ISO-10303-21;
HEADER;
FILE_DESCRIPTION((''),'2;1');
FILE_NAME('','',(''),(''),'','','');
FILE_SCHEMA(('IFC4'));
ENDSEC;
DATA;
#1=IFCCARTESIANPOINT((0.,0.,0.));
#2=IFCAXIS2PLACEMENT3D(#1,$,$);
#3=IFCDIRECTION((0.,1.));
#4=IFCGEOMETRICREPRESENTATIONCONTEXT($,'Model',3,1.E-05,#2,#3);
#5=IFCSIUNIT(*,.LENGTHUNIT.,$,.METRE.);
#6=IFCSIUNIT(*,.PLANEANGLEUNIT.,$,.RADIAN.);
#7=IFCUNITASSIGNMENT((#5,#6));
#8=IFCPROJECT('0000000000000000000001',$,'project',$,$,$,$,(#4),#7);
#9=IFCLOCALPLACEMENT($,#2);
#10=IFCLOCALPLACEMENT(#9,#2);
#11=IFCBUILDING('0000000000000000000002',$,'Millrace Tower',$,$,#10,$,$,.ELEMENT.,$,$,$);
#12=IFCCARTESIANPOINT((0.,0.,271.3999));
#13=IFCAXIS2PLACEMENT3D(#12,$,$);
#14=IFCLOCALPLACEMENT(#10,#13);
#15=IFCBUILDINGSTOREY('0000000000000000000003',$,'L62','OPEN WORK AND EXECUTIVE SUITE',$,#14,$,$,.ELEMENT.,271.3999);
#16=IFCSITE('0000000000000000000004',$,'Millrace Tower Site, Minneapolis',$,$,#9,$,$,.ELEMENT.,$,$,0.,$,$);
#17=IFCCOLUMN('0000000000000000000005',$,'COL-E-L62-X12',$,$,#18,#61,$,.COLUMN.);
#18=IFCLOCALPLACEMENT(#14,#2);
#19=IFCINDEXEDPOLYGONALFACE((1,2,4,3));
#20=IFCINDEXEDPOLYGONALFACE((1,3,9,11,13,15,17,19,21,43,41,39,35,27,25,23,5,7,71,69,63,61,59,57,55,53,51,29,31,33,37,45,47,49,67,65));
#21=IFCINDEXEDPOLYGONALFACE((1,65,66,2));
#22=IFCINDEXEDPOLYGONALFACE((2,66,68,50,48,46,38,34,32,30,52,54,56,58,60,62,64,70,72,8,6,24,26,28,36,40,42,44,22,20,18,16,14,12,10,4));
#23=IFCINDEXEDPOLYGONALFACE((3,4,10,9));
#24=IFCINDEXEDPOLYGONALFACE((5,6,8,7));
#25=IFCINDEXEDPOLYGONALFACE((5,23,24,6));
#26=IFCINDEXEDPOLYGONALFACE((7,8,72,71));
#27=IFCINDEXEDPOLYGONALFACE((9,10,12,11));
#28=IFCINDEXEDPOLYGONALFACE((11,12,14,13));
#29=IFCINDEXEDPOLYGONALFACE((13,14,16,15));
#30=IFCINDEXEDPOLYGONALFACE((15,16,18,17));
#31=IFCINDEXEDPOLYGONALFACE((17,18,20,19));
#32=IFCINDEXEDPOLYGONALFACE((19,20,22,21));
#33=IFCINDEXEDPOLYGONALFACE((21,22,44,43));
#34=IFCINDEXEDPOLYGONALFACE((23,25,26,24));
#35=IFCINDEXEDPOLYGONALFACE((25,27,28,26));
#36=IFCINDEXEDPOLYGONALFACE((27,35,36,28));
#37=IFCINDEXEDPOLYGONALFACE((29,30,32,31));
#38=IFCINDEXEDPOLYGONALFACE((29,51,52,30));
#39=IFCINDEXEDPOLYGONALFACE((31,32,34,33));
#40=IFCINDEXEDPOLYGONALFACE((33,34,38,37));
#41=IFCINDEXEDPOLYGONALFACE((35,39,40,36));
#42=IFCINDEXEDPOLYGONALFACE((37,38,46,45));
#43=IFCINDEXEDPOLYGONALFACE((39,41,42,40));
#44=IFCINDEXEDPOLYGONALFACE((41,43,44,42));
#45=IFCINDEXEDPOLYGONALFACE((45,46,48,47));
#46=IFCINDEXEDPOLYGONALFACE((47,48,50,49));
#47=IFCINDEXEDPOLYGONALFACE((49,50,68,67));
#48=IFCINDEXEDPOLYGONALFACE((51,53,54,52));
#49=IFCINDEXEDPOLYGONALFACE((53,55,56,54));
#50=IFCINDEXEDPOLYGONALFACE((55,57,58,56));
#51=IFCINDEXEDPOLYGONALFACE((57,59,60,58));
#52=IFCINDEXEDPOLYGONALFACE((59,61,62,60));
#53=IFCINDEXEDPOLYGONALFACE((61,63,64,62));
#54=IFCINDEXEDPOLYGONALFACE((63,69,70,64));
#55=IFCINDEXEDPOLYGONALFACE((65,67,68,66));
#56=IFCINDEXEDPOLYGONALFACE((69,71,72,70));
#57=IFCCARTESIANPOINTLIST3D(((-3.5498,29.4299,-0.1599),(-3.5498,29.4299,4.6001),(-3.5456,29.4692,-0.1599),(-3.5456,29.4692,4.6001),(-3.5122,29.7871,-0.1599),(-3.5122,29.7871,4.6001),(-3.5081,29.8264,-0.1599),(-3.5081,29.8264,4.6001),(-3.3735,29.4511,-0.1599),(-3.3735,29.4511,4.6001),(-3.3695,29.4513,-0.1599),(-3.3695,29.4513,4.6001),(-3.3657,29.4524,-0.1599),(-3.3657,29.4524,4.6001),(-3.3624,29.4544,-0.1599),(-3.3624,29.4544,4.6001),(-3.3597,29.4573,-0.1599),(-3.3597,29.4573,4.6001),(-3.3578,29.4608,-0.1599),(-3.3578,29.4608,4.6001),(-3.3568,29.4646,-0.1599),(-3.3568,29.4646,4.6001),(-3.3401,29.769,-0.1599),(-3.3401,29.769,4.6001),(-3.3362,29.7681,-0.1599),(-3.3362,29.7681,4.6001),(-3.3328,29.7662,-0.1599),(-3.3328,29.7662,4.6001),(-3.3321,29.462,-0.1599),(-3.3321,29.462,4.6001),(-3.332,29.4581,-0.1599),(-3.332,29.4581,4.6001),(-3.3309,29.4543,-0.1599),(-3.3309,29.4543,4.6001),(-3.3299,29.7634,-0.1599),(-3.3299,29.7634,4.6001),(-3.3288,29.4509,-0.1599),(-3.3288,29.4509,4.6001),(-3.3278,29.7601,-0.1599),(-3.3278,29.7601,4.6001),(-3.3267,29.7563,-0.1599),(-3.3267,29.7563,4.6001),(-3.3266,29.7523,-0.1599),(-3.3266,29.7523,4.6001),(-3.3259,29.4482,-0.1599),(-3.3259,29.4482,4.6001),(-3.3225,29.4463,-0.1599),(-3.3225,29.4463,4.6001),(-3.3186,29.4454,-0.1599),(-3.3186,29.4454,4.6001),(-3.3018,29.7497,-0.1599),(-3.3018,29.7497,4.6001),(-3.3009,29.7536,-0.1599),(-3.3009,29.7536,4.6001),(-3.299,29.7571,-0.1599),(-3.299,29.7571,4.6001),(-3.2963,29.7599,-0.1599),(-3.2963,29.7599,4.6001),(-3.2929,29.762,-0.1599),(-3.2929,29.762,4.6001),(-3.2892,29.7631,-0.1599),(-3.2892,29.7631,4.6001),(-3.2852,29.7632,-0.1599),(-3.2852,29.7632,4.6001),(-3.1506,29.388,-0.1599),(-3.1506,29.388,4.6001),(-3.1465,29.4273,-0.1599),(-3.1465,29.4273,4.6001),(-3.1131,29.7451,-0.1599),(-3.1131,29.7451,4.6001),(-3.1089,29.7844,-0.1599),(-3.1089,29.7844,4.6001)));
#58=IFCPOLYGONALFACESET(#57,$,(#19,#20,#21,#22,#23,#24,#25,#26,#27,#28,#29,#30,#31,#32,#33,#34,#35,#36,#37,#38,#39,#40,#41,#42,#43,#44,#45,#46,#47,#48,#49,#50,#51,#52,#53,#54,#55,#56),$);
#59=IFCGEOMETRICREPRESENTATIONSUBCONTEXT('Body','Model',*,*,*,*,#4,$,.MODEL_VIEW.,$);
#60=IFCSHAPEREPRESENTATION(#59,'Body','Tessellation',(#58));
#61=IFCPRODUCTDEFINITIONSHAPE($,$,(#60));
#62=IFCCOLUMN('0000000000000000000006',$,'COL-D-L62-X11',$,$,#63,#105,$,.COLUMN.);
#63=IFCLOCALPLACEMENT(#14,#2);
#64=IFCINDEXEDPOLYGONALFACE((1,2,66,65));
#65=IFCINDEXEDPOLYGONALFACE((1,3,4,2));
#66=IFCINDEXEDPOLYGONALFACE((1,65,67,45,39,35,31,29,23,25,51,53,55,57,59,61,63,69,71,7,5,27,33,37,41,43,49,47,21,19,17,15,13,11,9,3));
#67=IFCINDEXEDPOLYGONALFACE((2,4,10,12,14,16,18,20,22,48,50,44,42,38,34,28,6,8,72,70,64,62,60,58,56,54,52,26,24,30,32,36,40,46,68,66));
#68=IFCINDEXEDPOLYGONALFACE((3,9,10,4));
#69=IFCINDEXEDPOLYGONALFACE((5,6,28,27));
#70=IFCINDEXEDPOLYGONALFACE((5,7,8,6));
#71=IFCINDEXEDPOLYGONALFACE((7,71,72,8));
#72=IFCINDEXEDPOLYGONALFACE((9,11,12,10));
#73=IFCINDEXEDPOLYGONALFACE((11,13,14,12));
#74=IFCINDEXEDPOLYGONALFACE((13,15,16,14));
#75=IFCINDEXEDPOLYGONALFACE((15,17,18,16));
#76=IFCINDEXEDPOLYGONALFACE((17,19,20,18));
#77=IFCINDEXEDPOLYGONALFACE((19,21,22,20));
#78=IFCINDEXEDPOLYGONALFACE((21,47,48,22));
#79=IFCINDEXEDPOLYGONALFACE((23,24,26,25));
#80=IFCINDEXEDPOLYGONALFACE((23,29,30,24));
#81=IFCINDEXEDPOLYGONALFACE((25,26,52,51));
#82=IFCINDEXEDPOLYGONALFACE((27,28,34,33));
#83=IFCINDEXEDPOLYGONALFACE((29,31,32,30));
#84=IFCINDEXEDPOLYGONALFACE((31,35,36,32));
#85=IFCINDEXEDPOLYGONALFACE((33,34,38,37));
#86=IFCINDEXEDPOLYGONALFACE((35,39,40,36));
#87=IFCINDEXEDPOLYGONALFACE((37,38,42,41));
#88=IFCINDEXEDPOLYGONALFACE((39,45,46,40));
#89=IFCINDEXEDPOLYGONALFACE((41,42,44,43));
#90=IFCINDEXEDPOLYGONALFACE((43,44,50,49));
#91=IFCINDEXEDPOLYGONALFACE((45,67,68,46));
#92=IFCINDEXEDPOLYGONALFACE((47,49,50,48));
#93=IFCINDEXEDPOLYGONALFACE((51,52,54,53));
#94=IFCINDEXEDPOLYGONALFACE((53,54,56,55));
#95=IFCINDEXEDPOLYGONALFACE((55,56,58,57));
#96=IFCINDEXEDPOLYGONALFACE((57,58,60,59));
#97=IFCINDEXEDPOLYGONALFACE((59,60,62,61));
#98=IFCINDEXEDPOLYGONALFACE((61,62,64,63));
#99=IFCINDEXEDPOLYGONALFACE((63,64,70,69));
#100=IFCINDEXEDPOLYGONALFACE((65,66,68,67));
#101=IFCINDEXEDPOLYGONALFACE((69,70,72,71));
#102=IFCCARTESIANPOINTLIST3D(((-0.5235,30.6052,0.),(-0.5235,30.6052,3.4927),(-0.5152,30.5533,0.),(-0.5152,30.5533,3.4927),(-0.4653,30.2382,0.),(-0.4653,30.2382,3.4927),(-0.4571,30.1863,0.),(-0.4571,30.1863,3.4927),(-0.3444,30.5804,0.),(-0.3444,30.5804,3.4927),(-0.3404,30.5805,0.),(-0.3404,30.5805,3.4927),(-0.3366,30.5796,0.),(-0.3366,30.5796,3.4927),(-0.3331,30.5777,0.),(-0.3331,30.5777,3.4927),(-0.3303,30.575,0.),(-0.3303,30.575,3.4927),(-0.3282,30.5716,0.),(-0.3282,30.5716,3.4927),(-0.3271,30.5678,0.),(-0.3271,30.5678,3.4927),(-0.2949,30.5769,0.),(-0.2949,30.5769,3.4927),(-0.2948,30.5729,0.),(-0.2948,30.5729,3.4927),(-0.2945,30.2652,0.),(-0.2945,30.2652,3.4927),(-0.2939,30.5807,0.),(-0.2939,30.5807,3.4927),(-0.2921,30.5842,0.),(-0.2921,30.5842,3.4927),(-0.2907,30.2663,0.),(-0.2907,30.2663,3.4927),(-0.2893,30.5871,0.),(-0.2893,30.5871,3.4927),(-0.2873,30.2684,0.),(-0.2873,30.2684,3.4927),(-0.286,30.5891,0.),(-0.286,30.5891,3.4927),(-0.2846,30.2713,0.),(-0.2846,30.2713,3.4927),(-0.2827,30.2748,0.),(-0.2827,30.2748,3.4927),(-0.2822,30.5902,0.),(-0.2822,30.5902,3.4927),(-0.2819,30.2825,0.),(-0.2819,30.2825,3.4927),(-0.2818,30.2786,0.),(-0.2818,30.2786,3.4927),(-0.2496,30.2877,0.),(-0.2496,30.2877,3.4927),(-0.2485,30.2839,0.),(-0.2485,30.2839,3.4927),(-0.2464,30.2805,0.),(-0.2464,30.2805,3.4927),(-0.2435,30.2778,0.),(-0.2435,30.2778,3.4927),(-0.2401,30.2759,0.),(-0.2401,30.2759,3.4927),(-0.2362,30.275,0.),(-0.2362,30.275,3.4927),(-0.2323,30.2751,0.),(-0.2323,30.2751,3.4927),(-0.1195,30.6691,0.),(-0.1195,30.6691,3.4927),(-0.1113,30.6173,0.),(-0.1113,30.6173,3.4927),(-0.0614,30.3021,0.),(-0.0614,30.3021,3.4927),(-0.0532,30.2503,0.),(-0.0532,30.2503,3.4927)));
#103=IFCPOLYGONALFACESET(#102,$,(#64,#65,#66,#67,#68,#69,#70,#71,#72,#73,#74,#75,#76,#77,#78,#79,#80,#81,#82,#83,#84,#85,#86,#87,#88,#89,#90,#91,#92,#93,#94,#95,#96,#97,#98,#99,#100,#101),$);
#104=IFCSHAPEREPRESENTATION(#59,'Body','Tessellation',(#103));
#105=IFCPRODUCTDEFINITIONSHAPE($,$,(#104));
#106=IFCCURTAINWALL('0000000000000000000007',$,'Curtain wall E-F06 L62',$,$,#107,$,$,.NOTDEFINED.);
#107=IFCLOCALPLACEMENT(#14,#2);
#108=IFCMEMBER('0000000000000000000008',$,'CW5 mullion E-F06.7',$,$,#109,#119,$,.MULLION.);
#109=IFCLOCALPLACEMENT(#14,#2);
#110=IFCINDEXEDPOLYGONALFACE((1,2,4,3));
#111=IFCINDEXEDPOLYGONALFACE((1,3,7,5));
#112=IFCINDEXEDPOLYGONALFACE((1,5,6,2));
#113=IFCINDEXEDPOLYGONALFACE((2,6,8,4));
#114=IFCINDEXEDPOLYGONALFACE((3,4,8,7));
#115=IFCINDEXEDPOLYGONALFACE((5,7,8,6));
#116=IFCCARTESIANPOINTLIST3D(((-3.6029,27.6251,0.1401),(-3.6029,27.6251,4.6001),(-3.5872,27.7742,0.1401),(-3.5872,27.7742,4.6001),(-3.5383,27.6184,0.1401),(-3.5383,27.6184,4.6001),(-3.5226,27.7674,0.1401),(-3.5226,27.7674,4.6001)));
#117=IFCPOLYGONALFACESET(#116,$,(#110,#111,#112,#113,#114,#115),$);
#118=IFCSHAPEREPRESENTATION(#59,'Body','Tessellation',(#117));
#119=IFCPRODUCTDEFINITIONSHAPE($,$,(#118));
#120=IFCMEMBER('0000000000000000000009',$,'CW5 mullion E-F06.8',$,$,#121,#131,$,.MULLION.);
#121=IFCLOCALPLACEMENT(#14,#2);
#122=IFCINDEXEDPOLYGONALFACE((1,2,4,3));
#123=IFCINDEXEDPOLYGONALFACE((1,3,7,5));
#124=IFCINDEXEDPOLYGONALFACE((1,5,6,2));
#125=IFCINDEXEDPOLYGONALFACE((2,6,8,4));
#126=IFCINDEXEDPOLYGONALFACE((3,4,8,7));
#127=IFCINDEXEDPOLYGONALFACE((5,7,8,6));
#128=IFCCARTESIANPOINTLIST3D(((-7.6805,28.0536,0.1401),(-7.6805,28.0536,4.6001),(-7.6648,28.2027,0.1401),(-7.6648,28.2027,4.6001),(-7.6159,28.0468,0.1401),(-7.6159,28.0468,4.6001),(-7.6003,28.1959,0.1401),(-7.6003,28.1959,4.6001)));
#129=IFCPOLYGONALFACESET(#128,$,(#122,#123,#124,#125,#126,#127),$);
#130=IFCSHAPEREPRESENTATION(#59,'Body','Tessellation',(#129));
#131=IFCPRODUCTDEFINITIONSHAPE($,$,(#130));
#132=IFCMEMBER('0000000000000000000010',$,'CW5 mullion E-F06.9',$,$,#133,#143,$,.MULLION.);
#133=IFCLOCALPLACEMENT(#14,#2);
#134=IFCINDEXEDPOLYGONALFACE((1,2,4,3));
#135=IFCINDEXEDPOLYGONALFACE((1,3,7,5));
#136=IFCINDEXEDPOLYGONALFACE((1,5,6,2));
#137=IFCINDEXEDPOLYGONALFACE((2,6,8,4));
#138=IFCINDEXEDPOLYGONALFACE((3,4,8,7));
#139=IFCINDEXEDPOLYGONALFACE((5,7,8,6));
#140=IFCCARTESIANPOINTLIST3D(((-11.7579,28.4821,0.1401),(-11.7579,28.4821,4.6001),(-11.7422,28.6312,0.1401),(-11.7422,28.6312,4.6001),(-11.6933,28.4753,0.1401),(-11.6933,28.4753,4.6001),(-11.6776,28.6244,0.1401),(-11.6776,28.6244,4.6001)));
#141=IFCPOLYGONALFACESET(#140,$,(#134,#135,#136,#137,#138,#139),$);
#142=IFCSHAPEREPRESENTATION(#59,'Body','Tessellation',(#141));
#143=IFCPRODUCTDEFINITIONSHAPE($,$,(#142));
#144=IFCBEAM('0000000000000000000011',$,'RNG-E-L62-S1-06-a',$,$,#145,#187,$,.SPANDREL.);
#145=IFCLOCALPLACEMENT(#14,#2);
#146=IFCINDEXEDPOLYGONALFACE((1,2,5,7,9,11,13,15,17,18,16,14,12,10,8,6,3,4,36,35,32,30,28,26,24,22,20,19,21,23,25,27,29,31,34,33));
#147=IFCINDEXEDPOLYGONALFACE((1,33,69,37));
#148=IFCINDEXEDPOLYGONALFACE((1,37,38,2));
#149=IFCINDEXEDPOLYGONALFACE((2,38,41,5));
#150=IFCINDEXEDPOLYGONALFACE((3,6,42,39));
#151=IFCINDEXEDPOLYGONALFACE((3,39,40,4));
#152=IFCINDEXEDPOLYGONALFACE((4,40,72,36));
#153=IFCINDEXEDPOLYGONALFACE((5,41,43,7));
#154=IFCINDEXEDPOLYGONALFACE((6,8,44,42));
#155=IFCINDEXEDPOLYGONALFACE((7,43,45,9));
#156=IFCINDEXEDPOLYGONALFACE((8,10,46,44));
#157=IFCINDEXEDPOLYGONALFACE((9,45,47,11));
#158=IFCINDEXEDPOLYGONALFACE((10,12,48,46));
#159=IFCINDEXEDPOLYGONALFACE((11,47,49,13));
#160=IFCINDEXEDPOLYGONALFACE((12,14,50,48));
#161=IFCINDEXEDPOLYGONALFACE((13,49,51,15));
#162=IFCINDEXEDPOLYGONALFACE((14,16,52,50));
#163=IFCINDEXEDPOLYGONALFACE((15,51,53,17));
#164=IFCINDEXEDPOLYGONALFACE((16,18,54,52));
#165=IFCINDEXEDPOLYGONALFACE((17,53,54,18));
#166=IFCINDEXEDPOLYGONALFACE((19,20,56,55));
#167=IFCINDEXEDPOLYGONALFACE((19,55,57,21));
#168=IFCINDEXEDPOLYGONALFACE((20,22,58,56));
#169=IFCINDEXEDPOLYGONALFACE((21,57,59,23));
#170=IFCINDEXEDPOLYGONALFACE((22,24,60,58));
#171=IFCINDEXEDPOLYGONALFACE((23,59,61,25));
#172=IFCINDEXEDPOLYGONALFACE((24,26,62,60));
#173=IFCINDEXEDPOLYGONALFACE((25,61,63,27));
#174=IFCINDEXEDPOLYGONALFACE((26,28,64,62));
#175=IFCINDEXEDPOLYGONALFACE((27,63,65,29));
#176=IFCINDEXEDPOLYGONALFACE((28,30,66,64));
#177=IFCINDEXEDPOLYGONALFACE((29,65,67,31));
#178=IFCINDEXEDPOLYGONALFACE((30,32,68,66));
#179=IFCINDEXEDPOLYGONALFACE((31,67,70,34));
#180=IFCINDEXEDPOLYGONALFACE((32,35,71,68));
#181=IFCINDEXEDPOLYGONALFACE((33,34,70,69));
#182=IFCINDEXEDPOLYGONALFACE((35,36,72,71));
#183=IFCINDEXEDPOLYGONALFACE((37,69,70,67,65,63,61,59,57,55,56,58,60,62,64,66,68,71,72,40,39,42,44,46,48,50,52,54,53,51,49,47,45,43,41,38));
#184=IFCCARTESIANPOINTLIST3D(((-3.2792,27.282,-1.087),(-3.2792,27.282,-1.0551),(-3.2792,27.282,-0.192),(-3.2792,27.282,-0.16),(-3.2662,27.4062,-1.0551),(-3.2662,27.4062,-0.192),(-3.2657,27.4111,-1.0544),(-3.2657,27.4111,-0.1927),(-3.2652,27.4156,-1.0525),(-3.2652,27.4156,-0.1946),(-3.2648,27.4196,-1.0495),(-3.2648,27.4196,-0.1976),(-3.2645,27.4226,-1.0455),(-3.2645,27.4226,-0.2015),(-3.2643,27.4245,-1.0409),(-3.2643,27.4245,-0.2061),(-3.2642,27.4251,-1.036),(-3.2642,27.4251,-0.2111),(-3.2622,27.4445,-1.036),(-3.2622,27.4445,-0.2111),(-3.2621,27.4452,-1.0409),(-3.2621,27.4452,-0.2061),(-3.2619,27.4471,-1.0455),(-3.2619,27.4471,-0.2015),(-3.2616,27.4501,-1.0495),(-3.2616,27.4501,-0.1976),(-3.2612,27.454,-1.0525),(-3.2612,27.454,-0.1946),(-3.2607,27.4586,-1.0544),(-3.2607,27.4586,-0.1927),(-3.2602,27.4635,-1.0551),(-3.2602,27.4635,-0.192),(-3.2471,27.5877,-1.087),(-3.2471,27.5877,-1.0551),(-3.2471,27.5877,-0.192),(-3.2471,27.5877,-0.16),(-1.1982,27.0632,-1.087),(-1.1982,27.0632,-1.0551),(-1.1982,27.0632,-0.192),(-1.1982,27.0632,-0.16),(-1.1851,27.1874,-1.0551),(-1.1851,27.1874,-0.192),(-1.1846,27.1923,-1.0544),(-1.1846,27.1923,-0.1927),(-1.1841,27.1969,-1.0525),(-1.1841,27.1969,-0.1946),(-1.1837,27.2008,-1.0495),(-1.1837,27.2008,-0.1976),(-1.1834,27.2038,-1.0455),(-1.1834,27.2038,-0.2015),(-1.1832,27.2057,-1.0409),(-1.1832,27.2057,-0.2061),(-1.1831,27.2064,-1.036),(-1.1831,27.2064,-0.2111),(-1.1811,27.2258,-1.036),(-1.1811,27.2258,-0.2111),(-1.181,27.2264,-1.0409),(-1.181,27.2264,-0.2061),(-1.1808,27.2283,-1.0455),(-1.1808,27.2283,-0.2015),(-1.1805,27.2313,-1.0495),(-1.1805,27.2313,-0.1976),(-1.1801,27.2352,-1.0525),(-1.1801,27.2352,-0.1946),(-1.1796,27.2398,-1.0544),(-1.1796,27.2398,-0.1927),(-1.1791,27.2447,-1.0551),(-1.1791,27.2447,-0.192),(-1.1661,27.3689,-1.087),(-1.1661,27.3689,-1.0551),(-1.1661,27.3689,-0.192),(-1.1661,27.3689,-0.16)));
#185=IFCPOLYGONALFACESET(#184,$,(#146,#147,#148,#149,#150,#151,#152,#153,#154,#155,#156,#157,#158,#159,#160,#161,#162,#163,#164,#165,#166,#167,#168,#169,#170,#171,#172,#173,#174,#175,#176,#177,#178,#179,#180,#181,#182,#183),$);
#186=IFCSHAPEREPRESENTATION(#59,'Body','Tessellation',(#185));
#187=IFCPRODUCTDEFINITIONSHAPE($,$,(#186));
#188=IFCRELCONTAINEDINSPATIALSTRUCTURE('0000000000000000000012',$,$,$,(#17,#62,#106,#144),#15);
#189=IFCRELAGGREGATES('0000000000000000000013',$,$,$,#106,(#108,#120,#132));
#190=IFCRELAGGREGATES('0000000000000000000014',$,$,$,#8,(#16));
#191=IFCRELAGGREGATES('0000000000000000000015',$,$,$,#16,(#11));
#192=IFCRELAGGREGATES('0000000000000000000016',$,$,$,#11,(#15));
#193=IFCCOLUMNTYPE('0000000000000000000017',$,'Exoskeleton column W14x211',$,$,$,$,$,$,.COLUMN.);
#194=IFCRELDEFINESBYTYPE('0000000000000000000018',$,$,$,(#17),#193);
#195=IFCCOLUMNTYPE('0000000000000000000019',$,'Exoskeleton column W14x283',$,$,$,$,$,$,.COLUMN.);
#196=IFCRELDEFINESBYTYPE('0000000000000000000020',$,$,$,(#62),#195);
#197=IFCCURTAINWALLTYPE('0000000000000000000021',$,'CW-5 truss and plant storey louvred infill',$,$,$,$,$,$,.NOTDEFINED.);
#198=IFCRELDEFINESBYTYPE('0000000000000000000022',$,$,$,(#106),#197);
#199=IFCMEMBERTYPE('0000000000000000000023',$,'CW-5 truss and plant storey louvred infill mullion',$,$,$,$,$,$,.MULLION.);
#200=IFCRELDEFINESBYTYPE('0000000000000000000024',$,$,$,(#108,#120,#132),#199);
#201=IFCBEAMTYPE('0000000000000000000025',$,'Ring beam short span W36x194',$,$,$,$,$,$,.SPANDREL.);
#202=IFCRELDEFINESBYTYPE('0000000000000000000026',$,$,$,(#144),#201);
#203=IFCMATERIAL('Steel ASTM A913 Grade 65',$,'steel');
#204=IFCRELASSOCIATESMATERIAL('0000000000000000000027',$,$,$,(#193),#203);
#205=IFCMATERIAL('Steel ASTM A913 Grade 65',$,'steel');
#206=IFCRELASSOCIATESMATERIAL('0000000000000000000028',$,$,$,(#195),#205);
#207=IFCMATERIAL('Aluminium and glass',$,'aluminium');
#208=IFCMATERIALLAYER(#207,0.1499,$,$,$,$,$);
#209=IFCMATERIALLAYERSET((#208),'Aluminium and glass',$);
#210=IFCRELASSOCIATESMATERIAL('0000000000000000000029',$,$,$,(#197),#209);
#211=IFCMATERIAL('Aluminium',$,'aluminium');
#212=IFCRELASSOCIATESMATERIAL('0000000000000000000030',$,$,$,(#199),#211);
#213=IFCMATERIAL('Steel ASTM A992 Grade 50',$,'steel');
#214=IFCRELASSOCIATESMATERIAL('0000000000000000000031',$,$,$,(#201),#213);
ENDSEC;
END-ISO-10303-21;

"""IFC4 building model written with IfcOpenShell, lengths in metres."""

from ifc_helpers import new_model, si_unit, direction, frame, origin, origin_2d, place, context, subcontext, project, spatial, rectangle, i_section, extrude, material, layer, layer_set, material_profile, profile_set, type_object, element, aggregate, save


model = new_model("IFC4")

# Units and contexts
model_context = context("Model", 3, precision=1e-05, world=origin(), true_north=direction((0.0, 1.0)))
body_context = subcontext(model_context, "Body", "Model", "MODEL_VIEW")
ifc_project = project(units=[si_unit("LENGTHUNIT", "METRE"), si_unit("PLANEANGLEUNIT", "RADIAN")], contexts=[model_context])

# Site, building, storey
site_placement = place(None, origin())
site = spatial("IfcSite", under=ifc_project, at=site_placement, Name="Millrace Tower Site, Minneapolis", CompositionType="ELEMENT", RefElevation=0.0)
building_placement = place(site_placement, origin())
building = spatial("IfcBuilding", under=site, at=building_placement, Name="Millrace Tower", CompositionType="ELEMENT")
storey_placement = place(building_placement, frame((0.0, 0.0, 271.3999)))
storey = spatial("IfcBuildingStorey", under=building, at=storey_placement, Name="L62", Description="OPEN WORK AND EXECUTIVE SUITE", CompositionType="ELEMENT", Elevation=271.3999)

# Columns
ifc_material_1 = material(Name="Steel ASTM A913 Grade 65", Category="steel")
ifc_material_profile_1 = material_profile(ifc_material_1, i_section(OverallWidth=0.4014, OverallDepth=0.3987, WebThickness=0.0249, FlangeThickness=0.0396, FilletRadius=0.0151, at=origin_2d()))
ifc_profile_set_1 = profile_set([ifc_material_profile_1], Name="Steel ASTM A913 Grade 65")
column_type_1 = type_object("IfcColumnType", Name="Exoskeleton column W14x211", PredefinedType="COLUMN", material=ifc_profile_set_1)
column_1_placement = place(storey_placement, frame((-3.3293, 29.6072, -0.1599), z_axis=(0.0, 0.0, 1.0), x_axis=(-0.994522, 0.104528, 0.0)))
element("IfcColumn", 1, at=column_1_placement, inside=storey, type_object=column_type_1, Name="COL-E-L62-X12", PredefinedType="COLUMN", context=body_context, shape_type="SweptSolid", body=[
    extrude(i_section(OverallWidth=0.4014, OverallDepth=0.3987, WebThickness=0.0249, FlangeThickness=0.0396, FilletRadius=0.0151, at=origin_2d()), origin(), (0.0, 0.0, 1.0), 4.76),
])
ifc_material_2 = material(Name="Steel ASTM A913 Grade 65", Category="steel")
ifc_material_profile_2 = material_profile(ifc_material_2, i_section(OverallWidth=0.4089, OverallDepth=0.4241, WebThickness=0.0327, FlangeThickness=0.0525, FilletRadius=0.0151, at=origin_2d()))
ifc_profile_set_2 = profile_set([ifc_material_profile_2], Name="Steel ASTM A913 Grade 65")
column_type_2 = type_object("IfcColumnType", Name="Exoskeleton column W14x283", PredefinedType="COLUMN", material=ifc_profile_set_2)
column_2_placement = place(storey_placement, frame((-0.2883, 30.4277, 0.0), z_axis=(0.0, 0.0, 1.0), x_axis=(-0.987688, -0.156434, 0.0)))
element("IfcColumn", 2, at=column_2_placement, inside=storey, type_object=column_type_2, Name="COL-D-L62-X11", PredefinedType="COLUMN", context=body_context, shape_type="SweptSolid", body=[
    extrude(i_section(OverallWidth=0.4089, OverallDepth=0.4241, WebThickness=0.0327, FlangeThickness=0.0525, FilletRadius=0.0151, at=origin_2d()), origin(), (0.0, 0.0, 1.0), 3.4927),
])

# Curtain wall, members
ifc_material_3 = material(Name="Aluminium and glass", Category="aluminium")
ifc_layer_1 = layer(ifc_material_3, 0.1499)
ifc_layer_set_1 = layer_set([ifc_layer_1], Name="Aluminium and glass")
curtain_wall_type = type_object("IfcCurtainWallType", Name="CW-5 truss and plant storey louvred infill", PredefinedType="NOTDEFINED", material=ifc_layer_set_1)
curtain_wall_placement = place(storey_placement, origin())
curtain_wall = element("IfcCurtainWall", 3, at=curtain_wall_placement, inside=storey, type_object=curtain_wall_type, Name="Curtain wall E-F06 L62", PredefinedType="NOTDEFINED")
ifc_material_4 = material(Name="Aluminium", Category="aluminium")
ifc_material_profile_3 = material_profile(ifc_material_4, rectangle(XDim=0.0649, YDim=0.1499, at=origin_2d()))
ifc_profile_set_3 = profile_set([ifc_material_profile_3], Name="Aluminium")
member_type_1 = type_object("IfcMemberType", Name="CW-5 truss and plant storey louvred infill mullion", PredefinedType="MULLION", material=ifc_profile_set_3)
member_1_placement = place(storey_placement, frame((-3.5627, 27.6963, 0.1401), z_axis=(0.0, 0.0, 1.0), x_axis=(-0.994522, 0.104528, 0.0)))
member_1 = element("IfcMember", 4, at=member_1_placement, type_object=member_type_1, Name="CW5 mullion E-F06.7", PredefinedType="MULLION", context=body_context, shape_type="SweptSolid", body=[
    extrude(rectangle(XDim=0.0649, YDim=0.1499, at=origin_2d()), origin(), (0.0, 0.0, 1.0), 4.46),
])
member_2_placement = place(storey_placement, frame((-7.6404, 28.1248, 0.1401), z_axis=(0.0, 0.0, 1.0), x_axis=(-0.994522, 0.104528, 0.0)))
member_2 = element("IfcMember", 5, at=member_2_placement, type_object=member_type_1, Name="CW5 mullion E-F06.8", PredefinedType="MULLION", context=body_context, shape_type="SweptSolid", body=[
    extrude(rectangle(XDim=0.0649, YDim=0.1499, at=origin_2d()), origin(), (0.0, 0.0, 1.0), 4.46),
])
member_3_placement = place(storey_placement, frame((-11.7178, 28.5532, 0.1401), z_axis=(0.0, 0.0, 1.0), x_axis=(-0.994522, 0.104528, 0.0)))
member_3 = element("IfcMember", 6, at=member_3_placement, type_object=member_type_1, Name="CW5 mullion E-F06.9", PredefinedType="MULLION", context=body_context, shape_type="SweptSolid", body=[
    extrude(rectangle(XDim=0.0649, YDim=0.1499, at=origin_2d()), origin(), (0.0, 0.0, 1.0), 4.46),
])
aggregate(curtain_wall, [member_1, member_2, member_3])

# Beam
ifc_material_5 = material(Name="Steel ASTM A992 Grade 50", Category="steel")
ifc_material_profile_4 = material_profile(ifc_material_5, i_section(OverallWidth=0.3074, OverallDepth=0.927, WebThickness=0.0195, FlangeThickness=0.032, FilletRadius=0.019, at=origin_2d()))
ifc_profile_set_4 = profile_set([ifc_material_profile_4], Name="Steel ASTM A992 Grade 50")
beam_type_1 = type_object("IfcBeamType", Name="Ring beam short span W36x194", PredefinedType="SPANDREL", material=ifc_profile_set_4)
beam_1_placement = place(storey_placement, frame((-3.2632, 27.4348, -0.6235), z_axis=(0.994521, -0.104539, 0.0), x_axis=(0.104539, 0.994521, 0.0)))
element("IfcBeam", 7, at=beam_1_placement, inside=storey, type_object=beam_type_1, Name="RNG-E-L62-S1-06-a", PredefinedType="SPANDREL", context=body_context, shape_type="SweptSolid", body=[
    extrude(i_section(OverallWidth=0.3074, OverallDepth=0.927, WebThickness=0.0195, FlangeThickness=0.032, FilletRadius=0.019, at=origin_2d()), origin(), (0.0, 0.0, 1.0), 2.0925),
])

save(model, "model.ifc")
